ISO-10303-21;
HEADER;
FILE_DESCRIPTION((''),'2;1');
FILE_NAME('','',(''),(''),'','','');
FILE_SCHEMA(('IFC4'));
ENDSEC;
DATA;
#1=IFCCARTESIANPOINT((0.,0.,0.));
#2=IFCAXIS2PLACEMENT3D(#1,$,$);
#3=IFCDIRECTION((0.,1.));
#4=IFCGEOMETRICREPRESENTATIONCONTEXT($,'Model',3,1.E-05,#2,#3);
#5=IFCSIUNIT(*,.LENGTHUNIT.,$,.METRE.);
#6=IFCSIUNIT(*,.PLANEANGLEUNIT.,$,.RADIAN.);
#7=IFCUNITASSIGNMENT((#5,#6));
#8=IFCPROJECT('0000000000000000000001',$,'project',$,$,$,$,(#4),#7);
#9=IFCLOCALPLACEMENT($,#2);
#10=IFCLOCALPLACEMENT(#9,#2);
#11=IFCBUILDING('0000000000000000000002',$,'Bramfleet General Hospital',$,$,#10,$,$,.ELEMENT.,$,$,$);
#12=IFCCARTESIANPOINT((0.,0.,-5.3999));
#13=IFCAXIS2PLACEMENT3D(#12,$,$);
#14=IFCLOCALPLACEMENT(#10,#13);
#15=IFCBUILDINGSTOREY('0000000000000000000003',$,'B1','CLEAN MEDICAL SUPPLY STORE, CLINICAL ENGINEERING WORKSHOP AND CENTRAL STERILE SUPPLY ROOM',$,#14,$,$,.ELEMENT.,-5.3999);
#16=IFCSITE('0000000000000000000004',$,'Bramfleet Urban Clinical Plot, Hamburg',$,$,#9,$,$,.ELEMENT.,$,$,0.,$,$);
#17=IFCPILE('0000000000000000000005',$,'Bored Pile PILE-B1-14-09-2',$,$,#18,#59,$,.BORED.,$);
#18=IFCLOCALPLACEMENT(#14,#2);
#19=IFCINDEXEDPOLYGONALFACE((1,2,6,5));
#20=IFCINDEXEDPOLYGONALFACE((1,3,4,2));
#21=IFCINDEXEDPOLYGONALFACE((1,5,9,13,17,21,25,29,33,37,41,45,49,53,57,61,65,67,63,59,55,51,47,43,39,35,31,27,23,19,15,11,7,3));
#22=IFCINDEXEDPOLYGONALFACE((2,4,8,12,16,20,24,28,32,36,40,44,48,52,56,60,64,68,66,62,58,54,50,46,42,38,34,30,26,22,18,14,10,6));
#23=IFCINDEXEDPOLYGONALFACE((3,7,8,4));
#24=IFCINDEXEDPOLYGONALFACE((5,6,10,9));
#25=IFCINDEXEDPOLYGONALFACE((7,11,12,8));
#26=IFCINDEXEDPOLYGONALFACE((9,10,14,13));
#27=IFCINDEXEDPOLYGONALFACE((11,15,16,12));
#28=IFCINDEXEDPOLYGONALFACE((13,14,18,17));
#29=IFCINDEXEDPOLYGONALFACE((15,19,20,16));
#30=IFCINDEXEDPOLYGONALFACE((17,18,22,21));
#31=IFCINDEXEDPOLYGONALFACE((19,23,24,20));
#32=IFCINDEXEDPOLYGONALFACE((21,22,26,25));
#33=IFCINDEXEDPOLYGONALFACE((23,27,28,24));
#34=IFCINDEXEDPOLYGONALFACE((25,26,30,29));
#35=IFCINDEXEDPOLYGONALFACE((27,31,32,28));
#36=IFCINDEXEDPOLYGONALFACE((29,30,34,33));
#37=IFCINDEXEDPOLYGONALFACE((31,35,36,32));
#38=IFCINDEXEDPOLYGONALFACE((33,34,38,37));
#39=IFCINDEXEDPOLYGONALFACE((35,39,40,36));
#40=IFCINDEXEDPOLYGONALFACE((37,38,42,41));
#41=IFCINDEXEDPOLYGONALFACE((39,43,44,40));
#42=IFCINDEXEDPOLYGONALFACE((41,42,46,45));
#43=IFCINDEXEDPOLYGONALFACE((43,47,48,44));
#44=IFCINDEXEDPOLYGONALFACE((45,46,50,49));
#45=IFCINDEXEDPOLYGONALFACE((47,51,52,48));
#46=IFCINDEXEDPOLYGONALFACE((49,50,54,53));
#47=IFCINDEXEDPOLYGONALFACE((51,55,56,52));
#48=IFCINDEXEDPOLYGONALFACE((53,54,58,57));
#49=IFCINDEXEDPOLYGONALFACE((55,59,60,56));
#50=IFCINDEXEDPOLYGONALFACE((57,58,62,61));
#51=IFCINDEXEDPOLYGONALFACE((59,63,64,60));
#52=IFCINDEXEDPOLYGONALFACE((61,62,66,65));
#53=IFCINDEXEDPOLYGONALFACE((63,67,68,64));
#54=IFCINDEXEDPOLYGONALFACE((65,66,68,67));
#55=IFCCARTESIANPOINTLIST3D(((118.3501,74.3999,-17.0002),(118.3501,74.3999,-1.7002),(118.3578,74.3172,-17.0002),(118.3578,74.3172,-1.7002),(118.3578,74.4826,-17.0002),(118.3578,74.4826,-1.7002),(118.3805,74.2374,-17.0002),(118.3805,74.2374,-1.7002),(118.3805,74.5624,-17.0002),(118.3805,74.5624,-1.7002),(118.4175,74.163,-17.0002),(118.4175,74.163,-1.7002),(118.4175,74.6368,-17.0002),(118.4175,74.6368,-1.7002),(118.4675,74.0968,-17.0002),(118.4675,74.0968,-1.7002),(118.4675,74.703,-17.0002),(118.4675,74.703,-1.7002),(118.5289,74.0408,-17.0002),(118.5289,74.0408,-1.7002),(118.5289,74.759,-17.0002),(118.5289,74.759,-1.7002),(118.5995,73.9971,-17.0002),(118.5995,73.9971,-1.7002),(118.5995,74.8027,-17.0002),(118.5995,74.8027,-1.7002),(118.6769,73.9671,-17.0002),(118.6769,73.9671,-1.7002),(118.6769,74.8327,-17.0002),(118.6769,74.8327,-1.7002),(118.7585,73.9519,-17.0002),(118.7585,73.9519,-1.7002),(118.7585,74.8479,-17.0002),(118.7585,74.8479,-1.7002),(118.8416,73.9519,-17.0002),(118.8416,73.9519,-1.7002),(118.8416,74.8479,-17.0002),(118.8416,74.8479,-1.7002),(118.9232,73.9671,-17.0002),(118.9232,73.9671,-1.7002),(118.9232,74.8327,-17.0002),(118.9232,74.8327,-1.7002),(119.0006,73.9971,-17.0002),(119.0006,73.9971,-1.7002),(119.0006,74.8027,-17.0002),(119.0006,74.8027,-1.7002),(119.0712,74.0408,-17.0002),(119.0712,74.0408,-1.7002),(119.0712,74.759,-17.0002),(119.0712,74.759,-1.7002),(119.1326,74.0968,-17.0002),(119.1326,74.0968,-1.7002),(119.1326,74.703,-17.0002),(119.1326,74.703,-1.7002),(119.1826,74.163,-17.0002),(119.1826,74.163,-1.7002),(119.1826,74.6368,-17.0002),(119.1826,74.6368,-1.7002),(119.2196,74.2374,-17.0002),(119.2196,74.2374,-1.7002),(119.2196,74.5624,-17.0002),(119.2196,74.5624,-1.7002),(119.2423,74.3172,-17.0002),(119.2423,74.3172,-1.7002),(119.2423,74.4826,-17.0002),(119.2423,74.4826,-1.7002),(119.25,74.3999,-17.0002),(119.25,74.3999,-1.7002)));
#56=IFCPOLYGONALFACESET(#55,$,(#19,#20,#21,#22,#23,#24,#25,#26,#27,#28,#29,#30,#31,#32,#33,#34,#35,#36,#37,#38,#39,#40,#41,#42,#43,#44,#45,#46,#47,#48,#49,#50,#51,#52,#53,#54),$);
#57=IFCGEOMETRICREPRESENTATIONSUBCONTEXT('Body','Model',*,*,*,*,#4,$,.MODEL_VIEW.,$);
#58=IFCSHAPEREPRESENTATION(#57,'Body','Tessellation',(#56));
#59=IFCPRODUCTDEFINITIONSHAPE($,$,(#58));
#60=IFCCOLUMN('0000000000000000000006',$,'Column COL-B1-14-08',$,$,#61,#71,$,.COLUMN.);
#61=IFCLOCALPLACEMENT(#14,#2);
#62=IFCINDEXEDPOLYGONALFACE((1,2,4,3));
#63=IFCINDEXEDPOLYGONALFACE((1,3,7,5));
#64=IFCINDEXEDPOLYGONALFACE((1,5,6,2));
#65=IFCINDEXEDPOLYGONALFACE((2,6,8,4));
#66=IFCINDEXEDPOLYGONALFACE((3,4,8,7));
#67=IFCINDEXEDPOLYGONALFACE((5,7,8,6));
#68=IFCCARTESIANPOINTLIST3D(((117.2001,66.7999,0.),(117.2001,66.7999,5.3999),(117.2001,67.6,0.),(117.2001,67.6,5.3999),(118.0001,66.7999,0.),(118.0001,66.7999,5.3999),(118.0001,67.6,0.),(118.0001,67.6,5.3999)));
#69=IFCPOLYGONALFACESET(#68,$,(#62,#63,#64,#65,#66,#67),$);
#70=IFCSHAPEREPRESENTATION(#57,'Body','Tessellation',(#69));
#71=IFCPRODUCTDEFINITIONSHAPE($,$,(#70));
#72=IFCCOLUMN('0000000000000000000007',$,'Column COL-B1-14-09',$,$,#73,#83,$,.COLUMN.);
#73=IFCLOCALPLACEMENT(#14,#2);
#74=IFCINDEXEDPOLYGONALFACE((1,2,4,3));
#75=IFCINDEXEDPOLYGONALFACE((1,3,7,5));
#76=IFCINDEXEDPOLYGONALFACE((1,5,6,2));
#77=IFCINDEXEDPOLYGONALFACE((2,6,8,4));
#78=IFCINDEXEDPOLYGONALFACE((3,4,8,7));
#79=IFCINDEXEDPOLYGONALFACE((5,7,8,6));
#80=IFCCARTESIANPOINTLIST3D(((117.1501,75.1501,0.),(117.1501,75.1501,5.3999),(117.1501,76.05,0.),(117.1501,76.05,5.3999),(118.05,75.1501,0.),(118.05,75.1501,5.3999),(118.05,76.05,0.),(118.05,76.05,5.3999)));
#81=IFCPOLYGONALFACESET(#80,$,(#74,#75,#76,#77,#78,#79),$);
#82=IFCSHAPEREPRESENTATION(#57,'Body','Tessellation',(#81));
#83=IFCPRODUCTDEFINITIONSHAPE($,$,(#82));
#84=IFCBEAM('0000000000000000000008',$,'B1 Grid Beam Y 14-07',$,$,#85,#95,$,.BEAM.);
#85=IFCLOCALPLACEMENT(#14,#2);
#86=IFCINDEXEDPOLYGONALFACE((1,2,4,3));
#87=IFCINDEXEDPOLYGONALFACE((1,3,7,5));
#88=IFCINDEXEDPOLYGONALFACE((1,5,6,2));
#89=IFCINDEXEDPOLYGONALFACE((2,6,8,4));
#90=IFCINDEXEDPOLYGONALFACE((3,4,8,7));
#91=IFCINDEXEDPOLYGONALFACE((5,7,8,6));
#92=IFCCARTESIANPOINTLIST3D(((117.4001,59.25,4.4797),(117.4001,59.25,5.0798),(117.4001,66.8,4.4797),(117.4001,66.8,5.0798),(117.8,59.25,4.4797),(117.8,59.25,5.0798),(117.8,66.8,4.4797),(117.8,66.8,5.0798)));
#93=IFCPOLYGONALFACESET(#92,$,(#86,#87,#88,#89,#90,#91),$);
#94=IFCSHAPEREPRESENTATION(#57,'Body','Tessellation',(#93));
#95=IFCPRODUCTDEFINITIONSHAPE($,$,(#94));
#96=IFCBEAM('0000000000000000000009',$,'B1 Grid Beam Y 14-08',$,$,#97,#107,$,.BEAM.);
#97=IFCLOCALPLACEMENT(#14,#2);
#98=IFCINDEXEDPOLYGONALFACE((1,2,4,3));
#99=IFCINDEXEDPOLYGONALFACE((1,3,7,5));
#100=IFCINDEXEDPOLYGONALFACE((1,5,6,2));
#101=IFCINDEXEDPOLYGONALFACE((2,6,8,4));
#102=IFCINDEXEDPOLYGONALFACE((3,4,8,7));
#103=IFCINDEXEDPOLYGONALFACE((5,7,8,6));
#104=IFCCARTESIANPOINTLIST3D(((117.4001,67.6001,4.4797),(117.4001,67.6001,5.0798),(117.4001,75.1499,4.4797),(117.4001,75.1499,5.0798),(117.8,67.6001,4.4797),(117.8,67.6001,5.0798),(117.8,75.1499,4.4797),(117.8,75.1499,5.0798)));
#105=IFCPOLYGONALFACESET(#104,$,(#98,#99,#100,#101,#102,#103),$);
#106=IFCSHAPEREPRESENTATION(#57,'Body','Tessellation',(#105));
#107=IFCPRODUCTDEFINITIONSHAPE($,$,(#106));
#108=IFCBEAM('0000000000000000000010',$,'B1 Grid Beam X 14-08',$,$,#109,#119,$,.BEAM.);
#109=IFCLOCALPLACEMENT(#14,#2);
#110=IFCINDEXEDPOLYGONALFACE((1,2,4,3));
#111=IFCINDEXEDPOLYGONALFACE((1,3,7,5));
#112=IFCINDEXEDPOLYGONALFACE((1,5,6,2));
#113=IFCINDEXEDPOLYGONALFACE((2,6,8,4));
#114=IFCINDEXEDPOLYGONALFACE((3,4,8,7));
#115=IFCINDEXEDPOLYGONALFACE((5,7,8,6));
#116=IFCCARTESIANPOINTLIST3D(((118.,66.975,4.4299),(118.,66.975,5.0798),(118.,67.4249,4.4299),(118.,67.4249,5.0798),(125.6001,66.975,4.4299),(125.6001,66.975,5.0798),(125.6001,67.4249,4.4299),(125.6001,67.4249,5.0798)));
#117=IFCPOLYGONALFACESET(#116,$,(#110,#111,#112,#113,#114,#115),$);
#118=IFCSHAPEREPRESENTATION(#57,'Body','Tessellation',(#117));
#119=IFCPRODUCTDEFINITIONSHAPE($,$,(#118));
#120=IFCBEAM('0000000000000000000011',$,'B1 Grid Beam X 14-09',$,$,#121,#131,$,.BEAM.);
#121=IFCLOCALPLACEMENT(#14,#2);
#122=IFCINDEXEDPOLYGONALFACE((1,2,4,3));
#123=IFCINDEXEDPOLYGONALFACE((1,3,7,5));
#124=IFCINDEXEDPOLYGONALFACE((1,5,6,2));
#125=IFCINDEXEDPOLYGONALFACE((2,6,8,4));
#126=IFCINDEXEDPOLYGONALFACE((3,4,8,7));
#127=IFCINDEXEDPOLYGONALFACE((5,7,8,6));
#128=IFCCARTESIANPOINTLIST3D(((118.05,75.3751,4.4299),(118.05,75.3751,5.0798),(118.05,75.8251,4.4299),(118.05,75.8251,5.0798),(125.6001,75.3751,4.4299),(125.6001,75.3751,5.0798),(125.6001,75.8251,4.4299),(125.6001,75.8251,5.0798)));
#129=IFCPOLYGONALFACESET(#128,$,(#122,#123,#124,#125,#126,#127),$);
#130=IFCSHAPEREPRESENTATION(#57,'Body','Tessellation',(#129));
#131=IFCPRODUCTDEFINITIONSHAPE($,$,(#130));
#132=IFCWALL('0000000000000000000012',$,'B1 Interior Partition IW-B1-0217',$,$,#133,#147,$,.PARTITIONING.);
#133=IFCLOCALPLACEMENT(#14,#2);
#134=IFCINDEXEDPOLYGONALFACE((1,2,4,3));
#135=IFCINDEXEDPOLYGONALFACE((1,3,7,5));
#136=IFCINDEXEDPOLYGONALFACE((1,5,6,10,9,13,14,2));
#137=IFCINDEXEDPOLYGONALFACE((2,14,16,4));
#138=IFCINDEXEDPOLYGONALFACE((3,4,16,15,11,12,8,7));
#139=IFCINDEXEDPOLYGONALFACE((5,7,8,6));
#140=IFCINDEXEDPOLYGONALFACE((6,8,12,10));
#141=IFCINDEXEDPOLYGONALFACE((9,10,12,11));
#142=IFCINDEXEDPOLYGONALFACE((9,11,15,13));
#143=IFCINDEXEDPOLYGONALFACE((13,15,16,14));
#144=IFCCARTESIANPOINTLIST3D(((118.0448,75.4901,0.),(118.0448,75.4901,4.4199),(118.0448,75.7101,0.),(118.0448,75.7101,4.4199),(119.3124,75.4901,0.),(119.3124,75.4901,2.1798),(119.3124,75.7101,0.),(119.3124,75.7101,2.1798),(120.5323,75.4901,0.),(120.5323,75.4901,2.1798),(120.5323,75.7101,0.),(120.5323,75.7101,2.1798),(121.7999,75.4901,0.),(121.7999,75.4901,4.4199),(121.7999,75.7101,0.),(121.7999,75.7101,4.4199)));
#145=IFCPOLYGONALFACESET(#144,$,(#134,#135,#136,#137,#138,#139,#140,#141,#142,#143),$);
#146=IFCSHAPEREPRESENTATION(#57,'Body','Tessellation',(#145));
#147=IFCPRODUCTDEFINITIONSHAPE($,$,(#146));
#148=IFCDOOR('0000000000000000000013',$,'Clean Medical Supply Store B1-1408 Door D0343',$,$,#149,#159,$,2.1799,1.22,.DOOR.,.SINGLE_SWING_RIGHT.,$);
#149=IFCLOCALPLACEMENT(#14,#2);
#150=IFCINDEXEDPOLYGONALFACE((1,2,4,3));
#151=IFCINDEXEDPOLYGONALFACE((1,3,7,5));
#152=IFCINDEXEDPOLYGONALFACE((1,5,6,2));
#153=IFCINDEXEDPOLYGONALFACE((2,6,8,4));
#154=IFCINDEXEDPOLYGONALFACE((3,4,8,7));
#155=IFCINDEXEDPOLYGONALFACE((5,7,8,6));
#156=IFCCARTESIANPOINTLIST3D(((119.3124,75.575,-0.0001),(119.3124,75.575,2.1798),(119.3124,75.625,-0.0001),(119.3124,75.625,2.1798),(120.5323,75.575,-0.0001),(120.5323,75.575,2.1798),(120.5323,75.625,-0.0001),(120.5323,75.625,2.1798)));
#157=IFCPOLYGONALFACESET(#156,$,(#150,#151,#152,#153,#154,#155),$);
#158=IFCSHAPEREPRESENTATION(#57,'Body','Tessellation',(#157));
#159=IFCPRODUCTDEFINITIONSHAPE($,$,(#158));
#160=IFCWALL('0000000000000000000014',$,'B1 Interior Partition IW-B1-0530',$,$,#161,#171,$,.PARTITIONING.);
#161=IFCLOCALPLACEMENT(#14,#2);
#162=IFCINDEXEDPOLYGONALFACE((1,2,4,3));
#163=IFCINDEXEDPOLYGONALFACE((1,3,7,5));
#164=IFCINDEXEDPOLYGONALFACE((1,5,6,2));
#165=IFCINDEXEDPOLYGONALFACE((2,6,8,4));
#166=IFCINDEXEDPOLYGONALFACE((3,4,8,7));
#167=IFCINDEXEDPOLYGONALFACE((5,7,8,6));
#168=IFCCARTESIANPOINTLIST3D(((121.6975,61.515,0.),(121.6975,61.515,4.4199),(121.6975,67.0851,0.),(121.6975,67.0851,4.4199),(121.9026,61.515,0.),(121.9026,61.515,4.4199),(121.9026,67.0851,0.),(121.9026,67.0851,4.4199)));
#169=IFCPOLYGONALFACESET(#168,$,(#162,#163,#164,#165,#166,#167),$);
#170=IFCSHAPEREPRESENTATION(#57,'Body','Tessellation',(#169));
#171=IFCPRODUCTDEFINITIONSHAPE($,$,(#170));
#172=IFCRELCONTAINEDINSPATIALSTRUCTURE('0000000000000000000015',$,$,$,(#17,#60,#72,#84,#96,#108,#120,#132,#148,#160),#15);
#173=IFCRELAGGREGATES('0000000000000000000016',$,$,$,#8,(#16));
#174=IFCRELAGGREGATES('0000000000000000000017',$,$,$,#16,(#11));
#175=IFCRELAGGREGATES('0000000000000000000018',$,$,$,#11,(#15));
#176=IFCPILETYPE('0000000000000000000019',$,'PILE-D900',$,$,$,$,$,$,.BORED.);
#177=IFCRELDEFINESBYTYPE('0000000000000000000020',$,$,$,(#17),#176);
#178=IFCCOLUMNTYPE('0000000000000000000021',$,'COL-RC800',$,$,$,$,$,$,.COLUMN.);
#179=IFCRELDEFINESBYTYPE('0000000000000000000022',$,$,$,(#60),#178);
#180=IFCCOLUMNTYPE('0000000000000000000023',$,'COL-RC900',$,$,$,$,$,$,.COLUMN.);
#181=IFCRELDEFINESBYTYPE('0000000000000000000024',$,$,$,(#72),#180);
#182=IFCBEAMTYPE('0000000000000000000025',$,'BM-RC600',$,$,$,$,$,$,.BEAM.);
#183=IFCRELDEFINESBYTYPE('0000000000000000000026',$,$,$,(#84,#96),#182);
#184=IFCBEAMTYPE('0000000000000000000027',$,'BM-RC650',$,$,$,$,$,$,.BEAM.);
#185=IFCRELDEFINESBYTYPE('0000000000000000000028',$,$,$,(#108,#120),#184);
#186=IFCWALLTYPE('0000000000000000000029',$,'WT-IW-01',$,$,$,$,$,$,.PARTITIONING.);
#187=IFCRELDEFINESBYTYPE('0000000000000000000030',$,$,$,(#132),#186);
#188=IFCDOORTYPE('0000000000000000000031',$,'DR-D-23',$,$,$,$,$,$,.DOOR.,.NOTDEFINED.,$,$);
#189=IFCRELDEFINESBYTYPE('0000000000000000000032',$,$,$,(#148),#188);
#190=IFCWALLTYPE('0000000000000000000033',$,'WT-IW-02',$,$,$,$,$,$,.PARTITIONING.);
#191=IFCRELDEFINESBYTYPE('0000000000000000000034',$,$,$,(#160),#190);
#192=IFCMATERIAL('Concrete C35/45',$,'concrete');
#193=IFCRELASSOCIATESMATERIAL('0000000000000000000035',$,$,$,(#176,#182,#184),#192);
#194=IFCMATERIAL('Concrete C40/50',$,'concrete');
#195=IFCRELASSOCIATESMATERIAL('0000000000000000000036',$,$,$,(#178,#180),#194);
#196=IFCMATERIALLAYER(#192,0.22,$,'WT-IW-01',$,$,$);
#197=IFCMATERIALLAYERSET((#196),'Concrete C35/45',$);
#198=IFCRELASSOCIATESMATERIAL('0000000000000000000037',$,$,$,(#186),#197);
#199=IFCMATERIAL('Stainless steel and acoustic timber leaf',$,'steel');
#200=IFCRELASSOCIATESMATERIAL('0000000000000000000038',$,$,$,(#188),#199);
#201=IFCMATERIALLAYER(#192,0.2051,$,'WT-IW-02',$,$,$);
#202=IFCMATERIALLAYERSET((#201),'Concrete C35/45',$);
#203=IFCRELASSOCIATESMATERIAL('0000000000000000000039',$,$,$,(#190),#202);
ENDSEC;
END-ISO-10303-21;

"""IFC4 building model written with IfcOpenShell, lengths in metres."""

from ifc_helpers import new_model, si_unit, direction, frame, frame_2d, origin, origin_2d, place, context, subcontext, project, spatial, rectangle, circle, extrude, material, layer, layer_set, material_profile, profile_set, type_object, element, fill, save


model = new_model("IFC4")

# Units and contexts
model_context = context("Model", 3, precision=1e-05, world=origin(), true_north=direction((0.0, 1.0)))
body_context = subcontext(model_context, "Body", "Model", "MODEL_VIEW")
ifc_project = project(units=[si_unit("LENGTHUNIT", "METRE"), si_unit("PLANEANGLEUNIT", "RADIAN")], contexts=[model_context])

# Site, building, storey
site_placement = place(None, origin())
site = spatial("IfcSite", under=ifc_project, at=site_placement, Name="Bramfleet Urban Clinical Plot, Hamburg", CompositionType="ELEMENT", RefElevation=0.0)
building_placement = place(site_placement, origin())
building = spatial("IfcBuilding", under=site, at=building_placement, Name="Bramfleet General Hospital", CompositionType="ELEMENT")
storey_placement = place(building_placement, frame((0.0, 0.0, -5.3999)))
storey = spatial("IfcBuildingStorey", under=building, at=storey_placement, Name="B1", Description="CLEAN MEDICAL SUPPLY STORE, CLINICAL ENGINEERING WORKSHOP AND CENTRAL STERILE SUPPLY ROOM", CompositionType="ELEMENT", Elevation=-5.3999)

# Shared definitions
ifc_material_1 = material(Name="Concrete C35/45", Category="concrete")

# Pile
ifc_material_profile_1 = material_profile(ifc_material_1, circle(Radius=0.45, at=origin_2d()), Name="PILE BORED D900")
ifc_profile_set_1 = profile_set([ifc_material_profile_1], Name="Concrete C35/45")
pile_type_1 = type_object("IfcPileType", Name="PILE-D900", PredefinedType="BORED", material=ifc_profile_set_1)
for number, where, z_axis, x_axis, name in (
    (1, (118.8, 74.3999, -1.7002), (0.0, 0.0, -1.0), (1.0, 0.0, 0.0), "Bored Pile PILE-B1-14-09-2"),
):
    element("IfcPile", number, at=place(storey_placement, frame(where, z_axis=z_axis, x_axis=x_axis)), inside=storey, type_object=pile_type_1, Name=name, PredefinedType="BORED", context=body_context, shape_type="SweptSolid", body=[
        extrude(circle(Radius=0.45, at=origin_2d()), origin(), (0.0, 0.0, 1.0), 15.3),
    ])

# Columns
ifc_material_2 = material(Name="Concrete C40/50", Category="concrete")
ifc_material_profile_2 = material_profile(ifc_material_2, rectangle(XDim=0.8, YDim=0.8, at=origin_2d()), Name="RC COL 800x800")
ifc_profile_set_2 = profile_set([ifc_material_profile_2], Name="Concrete C40/50")
column_type_1 = type_object("IfcColumnType", Name="COL-RC800", PredefinedType="COLUMN", material=ifc_profile_set_2)
column_1_placement = place(storey_placement, frame((117.6001, 67.2, 0.0), z_axis=(0.0, 0.0, 1.0), x_axis=(1.0, 0.0, 0.0)))
element("IfcColumn", 2, at=column_1_placement, inside=storey, type_object=column_type_1, Name="Column COL-B1-14-08", PredefinedType="COLUMN", context=body_context, shape_type="SweptSolid", body=[
    extrude(rectangle(XDim=0.8, YDim=0.8, at=origin_2d()), origin(), (0.0, 0.0, 1.0), 5.3999),
])
ifc_material_profile_3 = material_profile(ifc_material_2, rectangle(XDim=0.8999, YDim=0.8999, at=origin_2d()), Name="RC COL 900x900")
ifc_profile_set_3 = profile_set([ifc_material_profile_3], Name="Concrete C40/50")
column_type_2 = type_object("IfcColumnType", Name="COL-RC900", PredefinedType="COLUMN", material=ifc_profile_set_3)
column_2_placement = place(storey_placement, frame((117.6001, 75.6001, 0.0), z_axis=(0.0, 0.0, 1.0), x_axis=(1.0, 0.0, 0.0)))
element("IfcColumn", 3, at=column_2_placement, inside=storey, type_object=column_type_2, Name="Column COL-B1-14-09", PredefinedType="COLUMN", context=body_context, shape_type="SweptSolid", body=[
    extrude(rectangle(XDim=0.8999, YDim=0.8999, at=origin_2d()), origin(), (0.0, 0.0, 1.0), 5.3999),
])

# Beams
ifc_material_profile_4 = material_profile(ifc_material_1, rectangle(XDim=0.3999, YDim=0.6001, at=origin_2d()), Name="RC BM 600x400")
ifc_profile_set_4 = profile_set([ifc_material_profile_4], Name="Concrete C35/45")
beam_type_1 = type_object("IfcBeamType", Name="BM-RC600", PredefinedType="BEAM", material=ifc_profile_set_4)
beam_1_placement = place(storey_placement, frame((117.6001, 59.25, 4.7798), z_axis=(0.0, 1.0, 0.0), x_axis=(-1.0, 0.0, 0.0)))
element("IfcBeam", 4, at=beam_1_placement, inside=storey, type_object=beam_type_1, Name="B1 Grid Beam Y 14-07", PredefinedType="BEAM", context=body_context, shape_type="SweptSolid", body=[
    extrude(rectangle(XDim=0.3999, YDim=0.6001, at=origin_2d()), origin(), (0.0, 0.0, 1.0), 7.55),
])
beam_2_placement = place(storey_placement, frame((117.6001, 67.6001, 4.7798), z_axis=(0.0, 1.0, 0.0), x_axis=(-1.0, 0.0, 0.0)))
element("IfcBeam", 5, at=beam_2_placement, inside=storey, type_object=beam_type_1, Name="B1 Grid Beam Y 14-08", PredefinedType="BEAM", context=body_context, shape_type="SweptSolid", body=[
    extrude(rectangle(XDim=0.3999, YDim=0.6001, at=origin_2d()), origin(), (0.0, 0.0, 1.0), 7.5498),
])
ifc_material_profile_5 = material_profile(ifc_material_1, rectangle(XDim=0.45, YDim=0.6499, at=origin_2d()), Name="RC BM 650x450")
ifc_profile_set_5 = profile_set([ifc_material_profile_5], Name="Concrete C35/45")
beam_type_2 = type_object("IfcBeamType", Name="BM-RC650", PredefinedType="BEAM", material=ifc_profile_set_5)
beam_3_placement = place(storey_placement, frame((118.0, 67.2, 4.7549), z_axis=(1.0, 0.0, 0.0), x_axis=(0.0, 1.0, 0.0)))
element("IfcBeam", 6, at=beam_3_placement, inside=storey, type_object=beam_type_2, Name="B1 Grid Beam X 14-08", PredefinedType="BEAM", context=body_context, shape_type="SweptSolid", body=[
    extrude(rectangle(XDim=0.45, YDim=0.6499, at=origin_2d()), origin(), (0.0, 0.0, 1.0), 7.6001),
])
beam_4_placement = place(storey_placement, frame((118.05, 75.6001, 4.7549), z_axis=(1.0, 0.0, 0.0), x_axis=(0.0, 1.0, 0.0)))
element("IfcBeam", 7, at=beam_4_placement, inside=storey, type_object=beam_type_2, Name="B1 Grid Beam X 14-09", PredefinedType="BEAM", context=body_context, shape_type="SweptSolid", body=[
    extrude(rectangle(XDim=0.45, YDim=0.6499, at=origin_2d()), origin(), (0.0, 0.0, 1.0), 7.55),
])

# Wall, opening, door
ifc_layer_1 = layer(ifc_material_1, 0.22, Name="WT-IW-01")
ifc_layer_set_1 = layer_set([ifc_layer_1], Name="Concrete C35/45")
wall_type_1 = type_object("IfcWallType", Name="WT-IW-01", PredefinedType="PARTITIONING", material=ifc_layer_set_1)
wall_1_placement = place(storey_placement, frame((118.0449, 75.6001, 0.0), z_axis=(0.0, 0.0, 1.0), x_axis=(1.0, 0.0, 0.0)))
wall_1 = element("IfcWall", 8, at=wall_1_placement, inside=storey, type_object=wall_type_1, Name="B1 Interior Partition IW-B1-0217", PredefinedType="PARTITIONING", context=body_context, shape_type="SweptSolid", body=[
    extrude(rectangle(XDim=3.7551, YDim=0.22, at=frame_2d((1.8774, 0.0))), origin(), (0.0, 0.0, 1.0), 4.4199),
])
opening_1_placement = place(wall_1_placement, frame((1.2676, 0.0, 0.0)))
opening_1 = element("IfcOpeningElement", 9, at=opening_1_placement, cuts=wall_1, PredefinedType="OPENING", context=body_context, shape_type="SweptSolid", body=[
    extrude(rectangle(XDim=1.22, YDim=2.1799, at=frame_2d((0.6099, 1.0898))), frame((0.0, 0.1199, 0.0), z_axis=(0.0, -1.0, 0.0), x_axis=(1.0, 0.0, 0.0)), (0.0, 0.0, 1.0), 0.24),
])
ifc_material_3 = material(Name="Stainless steel and acoustic timber leaf", Category="steel")
door_type_1 = type_object("IfcDoorType", Name="DR-D-23", OperationType="NOTDEFINED", PredefinedType="DOOR", material=ifc_material_3)
door_1_placement = place(opening_1_placement, origin())
door_1 = element("IfcDoor", 10, at=door_1_placement, inside=storey, type_object=door_type_1, Name="Clean Medical Supply Store B1-1408 Door D0343", OperationType="SINGLE_SWING_RIGHT", OverallHeight=2.1799, OverallWidth=1.22, PredefinedType="DOOR", context=body_context, shape_type="SweptSolid", body=[
    extrude(rectangle(XDim=1.22, YDim=2.1799, at=frame_2d((0.6099, 1.0898))), frame((0.0, 0.0249, 0.0), z_axis=(0.0, -1.0, 0.0), x_axis=(1.0, 0.0, 0.0)), (0.0, 0.0, 1.0), 0.05),
])
fill(opening_1, door_1)

# Wall
ifc_layer_2 = layer(ifc_material_1, 0.2051, Name="WT-IW-02")
ifc_layer_set_2 = layer_set([ifc_layer_2], Name="Concrete C35/45")
wall_type_2 = type_object("IfcWallType", Name="WT-IW-02", PredefinedType="PARTITIONING", material=ifc_layer_set_2)
wall_2_placement = place(storey_placement, frame((121.8, 61.5149, 0.0), z_axis=(0.0, 0.0, 1.0), x_axis=(0.0, 1.0, 0.0)))
element("IfcWall", 11, at=wall_2_placement, inside=storey, type_object=wall_type_2, Name="B1 Interior Partition IW-B1-0530", PredefinedType="PARTITIONING", context=body_context, shape_type="SweptSolid", body=[
    extrude(rectangle(XDim=5.5701, YDim=0.2051, at=frame_2d((2.7852, 0.0))), origin(), (0.0, 0.0, 1.0), 4.4199),
])

save(model, "model.ifc")
